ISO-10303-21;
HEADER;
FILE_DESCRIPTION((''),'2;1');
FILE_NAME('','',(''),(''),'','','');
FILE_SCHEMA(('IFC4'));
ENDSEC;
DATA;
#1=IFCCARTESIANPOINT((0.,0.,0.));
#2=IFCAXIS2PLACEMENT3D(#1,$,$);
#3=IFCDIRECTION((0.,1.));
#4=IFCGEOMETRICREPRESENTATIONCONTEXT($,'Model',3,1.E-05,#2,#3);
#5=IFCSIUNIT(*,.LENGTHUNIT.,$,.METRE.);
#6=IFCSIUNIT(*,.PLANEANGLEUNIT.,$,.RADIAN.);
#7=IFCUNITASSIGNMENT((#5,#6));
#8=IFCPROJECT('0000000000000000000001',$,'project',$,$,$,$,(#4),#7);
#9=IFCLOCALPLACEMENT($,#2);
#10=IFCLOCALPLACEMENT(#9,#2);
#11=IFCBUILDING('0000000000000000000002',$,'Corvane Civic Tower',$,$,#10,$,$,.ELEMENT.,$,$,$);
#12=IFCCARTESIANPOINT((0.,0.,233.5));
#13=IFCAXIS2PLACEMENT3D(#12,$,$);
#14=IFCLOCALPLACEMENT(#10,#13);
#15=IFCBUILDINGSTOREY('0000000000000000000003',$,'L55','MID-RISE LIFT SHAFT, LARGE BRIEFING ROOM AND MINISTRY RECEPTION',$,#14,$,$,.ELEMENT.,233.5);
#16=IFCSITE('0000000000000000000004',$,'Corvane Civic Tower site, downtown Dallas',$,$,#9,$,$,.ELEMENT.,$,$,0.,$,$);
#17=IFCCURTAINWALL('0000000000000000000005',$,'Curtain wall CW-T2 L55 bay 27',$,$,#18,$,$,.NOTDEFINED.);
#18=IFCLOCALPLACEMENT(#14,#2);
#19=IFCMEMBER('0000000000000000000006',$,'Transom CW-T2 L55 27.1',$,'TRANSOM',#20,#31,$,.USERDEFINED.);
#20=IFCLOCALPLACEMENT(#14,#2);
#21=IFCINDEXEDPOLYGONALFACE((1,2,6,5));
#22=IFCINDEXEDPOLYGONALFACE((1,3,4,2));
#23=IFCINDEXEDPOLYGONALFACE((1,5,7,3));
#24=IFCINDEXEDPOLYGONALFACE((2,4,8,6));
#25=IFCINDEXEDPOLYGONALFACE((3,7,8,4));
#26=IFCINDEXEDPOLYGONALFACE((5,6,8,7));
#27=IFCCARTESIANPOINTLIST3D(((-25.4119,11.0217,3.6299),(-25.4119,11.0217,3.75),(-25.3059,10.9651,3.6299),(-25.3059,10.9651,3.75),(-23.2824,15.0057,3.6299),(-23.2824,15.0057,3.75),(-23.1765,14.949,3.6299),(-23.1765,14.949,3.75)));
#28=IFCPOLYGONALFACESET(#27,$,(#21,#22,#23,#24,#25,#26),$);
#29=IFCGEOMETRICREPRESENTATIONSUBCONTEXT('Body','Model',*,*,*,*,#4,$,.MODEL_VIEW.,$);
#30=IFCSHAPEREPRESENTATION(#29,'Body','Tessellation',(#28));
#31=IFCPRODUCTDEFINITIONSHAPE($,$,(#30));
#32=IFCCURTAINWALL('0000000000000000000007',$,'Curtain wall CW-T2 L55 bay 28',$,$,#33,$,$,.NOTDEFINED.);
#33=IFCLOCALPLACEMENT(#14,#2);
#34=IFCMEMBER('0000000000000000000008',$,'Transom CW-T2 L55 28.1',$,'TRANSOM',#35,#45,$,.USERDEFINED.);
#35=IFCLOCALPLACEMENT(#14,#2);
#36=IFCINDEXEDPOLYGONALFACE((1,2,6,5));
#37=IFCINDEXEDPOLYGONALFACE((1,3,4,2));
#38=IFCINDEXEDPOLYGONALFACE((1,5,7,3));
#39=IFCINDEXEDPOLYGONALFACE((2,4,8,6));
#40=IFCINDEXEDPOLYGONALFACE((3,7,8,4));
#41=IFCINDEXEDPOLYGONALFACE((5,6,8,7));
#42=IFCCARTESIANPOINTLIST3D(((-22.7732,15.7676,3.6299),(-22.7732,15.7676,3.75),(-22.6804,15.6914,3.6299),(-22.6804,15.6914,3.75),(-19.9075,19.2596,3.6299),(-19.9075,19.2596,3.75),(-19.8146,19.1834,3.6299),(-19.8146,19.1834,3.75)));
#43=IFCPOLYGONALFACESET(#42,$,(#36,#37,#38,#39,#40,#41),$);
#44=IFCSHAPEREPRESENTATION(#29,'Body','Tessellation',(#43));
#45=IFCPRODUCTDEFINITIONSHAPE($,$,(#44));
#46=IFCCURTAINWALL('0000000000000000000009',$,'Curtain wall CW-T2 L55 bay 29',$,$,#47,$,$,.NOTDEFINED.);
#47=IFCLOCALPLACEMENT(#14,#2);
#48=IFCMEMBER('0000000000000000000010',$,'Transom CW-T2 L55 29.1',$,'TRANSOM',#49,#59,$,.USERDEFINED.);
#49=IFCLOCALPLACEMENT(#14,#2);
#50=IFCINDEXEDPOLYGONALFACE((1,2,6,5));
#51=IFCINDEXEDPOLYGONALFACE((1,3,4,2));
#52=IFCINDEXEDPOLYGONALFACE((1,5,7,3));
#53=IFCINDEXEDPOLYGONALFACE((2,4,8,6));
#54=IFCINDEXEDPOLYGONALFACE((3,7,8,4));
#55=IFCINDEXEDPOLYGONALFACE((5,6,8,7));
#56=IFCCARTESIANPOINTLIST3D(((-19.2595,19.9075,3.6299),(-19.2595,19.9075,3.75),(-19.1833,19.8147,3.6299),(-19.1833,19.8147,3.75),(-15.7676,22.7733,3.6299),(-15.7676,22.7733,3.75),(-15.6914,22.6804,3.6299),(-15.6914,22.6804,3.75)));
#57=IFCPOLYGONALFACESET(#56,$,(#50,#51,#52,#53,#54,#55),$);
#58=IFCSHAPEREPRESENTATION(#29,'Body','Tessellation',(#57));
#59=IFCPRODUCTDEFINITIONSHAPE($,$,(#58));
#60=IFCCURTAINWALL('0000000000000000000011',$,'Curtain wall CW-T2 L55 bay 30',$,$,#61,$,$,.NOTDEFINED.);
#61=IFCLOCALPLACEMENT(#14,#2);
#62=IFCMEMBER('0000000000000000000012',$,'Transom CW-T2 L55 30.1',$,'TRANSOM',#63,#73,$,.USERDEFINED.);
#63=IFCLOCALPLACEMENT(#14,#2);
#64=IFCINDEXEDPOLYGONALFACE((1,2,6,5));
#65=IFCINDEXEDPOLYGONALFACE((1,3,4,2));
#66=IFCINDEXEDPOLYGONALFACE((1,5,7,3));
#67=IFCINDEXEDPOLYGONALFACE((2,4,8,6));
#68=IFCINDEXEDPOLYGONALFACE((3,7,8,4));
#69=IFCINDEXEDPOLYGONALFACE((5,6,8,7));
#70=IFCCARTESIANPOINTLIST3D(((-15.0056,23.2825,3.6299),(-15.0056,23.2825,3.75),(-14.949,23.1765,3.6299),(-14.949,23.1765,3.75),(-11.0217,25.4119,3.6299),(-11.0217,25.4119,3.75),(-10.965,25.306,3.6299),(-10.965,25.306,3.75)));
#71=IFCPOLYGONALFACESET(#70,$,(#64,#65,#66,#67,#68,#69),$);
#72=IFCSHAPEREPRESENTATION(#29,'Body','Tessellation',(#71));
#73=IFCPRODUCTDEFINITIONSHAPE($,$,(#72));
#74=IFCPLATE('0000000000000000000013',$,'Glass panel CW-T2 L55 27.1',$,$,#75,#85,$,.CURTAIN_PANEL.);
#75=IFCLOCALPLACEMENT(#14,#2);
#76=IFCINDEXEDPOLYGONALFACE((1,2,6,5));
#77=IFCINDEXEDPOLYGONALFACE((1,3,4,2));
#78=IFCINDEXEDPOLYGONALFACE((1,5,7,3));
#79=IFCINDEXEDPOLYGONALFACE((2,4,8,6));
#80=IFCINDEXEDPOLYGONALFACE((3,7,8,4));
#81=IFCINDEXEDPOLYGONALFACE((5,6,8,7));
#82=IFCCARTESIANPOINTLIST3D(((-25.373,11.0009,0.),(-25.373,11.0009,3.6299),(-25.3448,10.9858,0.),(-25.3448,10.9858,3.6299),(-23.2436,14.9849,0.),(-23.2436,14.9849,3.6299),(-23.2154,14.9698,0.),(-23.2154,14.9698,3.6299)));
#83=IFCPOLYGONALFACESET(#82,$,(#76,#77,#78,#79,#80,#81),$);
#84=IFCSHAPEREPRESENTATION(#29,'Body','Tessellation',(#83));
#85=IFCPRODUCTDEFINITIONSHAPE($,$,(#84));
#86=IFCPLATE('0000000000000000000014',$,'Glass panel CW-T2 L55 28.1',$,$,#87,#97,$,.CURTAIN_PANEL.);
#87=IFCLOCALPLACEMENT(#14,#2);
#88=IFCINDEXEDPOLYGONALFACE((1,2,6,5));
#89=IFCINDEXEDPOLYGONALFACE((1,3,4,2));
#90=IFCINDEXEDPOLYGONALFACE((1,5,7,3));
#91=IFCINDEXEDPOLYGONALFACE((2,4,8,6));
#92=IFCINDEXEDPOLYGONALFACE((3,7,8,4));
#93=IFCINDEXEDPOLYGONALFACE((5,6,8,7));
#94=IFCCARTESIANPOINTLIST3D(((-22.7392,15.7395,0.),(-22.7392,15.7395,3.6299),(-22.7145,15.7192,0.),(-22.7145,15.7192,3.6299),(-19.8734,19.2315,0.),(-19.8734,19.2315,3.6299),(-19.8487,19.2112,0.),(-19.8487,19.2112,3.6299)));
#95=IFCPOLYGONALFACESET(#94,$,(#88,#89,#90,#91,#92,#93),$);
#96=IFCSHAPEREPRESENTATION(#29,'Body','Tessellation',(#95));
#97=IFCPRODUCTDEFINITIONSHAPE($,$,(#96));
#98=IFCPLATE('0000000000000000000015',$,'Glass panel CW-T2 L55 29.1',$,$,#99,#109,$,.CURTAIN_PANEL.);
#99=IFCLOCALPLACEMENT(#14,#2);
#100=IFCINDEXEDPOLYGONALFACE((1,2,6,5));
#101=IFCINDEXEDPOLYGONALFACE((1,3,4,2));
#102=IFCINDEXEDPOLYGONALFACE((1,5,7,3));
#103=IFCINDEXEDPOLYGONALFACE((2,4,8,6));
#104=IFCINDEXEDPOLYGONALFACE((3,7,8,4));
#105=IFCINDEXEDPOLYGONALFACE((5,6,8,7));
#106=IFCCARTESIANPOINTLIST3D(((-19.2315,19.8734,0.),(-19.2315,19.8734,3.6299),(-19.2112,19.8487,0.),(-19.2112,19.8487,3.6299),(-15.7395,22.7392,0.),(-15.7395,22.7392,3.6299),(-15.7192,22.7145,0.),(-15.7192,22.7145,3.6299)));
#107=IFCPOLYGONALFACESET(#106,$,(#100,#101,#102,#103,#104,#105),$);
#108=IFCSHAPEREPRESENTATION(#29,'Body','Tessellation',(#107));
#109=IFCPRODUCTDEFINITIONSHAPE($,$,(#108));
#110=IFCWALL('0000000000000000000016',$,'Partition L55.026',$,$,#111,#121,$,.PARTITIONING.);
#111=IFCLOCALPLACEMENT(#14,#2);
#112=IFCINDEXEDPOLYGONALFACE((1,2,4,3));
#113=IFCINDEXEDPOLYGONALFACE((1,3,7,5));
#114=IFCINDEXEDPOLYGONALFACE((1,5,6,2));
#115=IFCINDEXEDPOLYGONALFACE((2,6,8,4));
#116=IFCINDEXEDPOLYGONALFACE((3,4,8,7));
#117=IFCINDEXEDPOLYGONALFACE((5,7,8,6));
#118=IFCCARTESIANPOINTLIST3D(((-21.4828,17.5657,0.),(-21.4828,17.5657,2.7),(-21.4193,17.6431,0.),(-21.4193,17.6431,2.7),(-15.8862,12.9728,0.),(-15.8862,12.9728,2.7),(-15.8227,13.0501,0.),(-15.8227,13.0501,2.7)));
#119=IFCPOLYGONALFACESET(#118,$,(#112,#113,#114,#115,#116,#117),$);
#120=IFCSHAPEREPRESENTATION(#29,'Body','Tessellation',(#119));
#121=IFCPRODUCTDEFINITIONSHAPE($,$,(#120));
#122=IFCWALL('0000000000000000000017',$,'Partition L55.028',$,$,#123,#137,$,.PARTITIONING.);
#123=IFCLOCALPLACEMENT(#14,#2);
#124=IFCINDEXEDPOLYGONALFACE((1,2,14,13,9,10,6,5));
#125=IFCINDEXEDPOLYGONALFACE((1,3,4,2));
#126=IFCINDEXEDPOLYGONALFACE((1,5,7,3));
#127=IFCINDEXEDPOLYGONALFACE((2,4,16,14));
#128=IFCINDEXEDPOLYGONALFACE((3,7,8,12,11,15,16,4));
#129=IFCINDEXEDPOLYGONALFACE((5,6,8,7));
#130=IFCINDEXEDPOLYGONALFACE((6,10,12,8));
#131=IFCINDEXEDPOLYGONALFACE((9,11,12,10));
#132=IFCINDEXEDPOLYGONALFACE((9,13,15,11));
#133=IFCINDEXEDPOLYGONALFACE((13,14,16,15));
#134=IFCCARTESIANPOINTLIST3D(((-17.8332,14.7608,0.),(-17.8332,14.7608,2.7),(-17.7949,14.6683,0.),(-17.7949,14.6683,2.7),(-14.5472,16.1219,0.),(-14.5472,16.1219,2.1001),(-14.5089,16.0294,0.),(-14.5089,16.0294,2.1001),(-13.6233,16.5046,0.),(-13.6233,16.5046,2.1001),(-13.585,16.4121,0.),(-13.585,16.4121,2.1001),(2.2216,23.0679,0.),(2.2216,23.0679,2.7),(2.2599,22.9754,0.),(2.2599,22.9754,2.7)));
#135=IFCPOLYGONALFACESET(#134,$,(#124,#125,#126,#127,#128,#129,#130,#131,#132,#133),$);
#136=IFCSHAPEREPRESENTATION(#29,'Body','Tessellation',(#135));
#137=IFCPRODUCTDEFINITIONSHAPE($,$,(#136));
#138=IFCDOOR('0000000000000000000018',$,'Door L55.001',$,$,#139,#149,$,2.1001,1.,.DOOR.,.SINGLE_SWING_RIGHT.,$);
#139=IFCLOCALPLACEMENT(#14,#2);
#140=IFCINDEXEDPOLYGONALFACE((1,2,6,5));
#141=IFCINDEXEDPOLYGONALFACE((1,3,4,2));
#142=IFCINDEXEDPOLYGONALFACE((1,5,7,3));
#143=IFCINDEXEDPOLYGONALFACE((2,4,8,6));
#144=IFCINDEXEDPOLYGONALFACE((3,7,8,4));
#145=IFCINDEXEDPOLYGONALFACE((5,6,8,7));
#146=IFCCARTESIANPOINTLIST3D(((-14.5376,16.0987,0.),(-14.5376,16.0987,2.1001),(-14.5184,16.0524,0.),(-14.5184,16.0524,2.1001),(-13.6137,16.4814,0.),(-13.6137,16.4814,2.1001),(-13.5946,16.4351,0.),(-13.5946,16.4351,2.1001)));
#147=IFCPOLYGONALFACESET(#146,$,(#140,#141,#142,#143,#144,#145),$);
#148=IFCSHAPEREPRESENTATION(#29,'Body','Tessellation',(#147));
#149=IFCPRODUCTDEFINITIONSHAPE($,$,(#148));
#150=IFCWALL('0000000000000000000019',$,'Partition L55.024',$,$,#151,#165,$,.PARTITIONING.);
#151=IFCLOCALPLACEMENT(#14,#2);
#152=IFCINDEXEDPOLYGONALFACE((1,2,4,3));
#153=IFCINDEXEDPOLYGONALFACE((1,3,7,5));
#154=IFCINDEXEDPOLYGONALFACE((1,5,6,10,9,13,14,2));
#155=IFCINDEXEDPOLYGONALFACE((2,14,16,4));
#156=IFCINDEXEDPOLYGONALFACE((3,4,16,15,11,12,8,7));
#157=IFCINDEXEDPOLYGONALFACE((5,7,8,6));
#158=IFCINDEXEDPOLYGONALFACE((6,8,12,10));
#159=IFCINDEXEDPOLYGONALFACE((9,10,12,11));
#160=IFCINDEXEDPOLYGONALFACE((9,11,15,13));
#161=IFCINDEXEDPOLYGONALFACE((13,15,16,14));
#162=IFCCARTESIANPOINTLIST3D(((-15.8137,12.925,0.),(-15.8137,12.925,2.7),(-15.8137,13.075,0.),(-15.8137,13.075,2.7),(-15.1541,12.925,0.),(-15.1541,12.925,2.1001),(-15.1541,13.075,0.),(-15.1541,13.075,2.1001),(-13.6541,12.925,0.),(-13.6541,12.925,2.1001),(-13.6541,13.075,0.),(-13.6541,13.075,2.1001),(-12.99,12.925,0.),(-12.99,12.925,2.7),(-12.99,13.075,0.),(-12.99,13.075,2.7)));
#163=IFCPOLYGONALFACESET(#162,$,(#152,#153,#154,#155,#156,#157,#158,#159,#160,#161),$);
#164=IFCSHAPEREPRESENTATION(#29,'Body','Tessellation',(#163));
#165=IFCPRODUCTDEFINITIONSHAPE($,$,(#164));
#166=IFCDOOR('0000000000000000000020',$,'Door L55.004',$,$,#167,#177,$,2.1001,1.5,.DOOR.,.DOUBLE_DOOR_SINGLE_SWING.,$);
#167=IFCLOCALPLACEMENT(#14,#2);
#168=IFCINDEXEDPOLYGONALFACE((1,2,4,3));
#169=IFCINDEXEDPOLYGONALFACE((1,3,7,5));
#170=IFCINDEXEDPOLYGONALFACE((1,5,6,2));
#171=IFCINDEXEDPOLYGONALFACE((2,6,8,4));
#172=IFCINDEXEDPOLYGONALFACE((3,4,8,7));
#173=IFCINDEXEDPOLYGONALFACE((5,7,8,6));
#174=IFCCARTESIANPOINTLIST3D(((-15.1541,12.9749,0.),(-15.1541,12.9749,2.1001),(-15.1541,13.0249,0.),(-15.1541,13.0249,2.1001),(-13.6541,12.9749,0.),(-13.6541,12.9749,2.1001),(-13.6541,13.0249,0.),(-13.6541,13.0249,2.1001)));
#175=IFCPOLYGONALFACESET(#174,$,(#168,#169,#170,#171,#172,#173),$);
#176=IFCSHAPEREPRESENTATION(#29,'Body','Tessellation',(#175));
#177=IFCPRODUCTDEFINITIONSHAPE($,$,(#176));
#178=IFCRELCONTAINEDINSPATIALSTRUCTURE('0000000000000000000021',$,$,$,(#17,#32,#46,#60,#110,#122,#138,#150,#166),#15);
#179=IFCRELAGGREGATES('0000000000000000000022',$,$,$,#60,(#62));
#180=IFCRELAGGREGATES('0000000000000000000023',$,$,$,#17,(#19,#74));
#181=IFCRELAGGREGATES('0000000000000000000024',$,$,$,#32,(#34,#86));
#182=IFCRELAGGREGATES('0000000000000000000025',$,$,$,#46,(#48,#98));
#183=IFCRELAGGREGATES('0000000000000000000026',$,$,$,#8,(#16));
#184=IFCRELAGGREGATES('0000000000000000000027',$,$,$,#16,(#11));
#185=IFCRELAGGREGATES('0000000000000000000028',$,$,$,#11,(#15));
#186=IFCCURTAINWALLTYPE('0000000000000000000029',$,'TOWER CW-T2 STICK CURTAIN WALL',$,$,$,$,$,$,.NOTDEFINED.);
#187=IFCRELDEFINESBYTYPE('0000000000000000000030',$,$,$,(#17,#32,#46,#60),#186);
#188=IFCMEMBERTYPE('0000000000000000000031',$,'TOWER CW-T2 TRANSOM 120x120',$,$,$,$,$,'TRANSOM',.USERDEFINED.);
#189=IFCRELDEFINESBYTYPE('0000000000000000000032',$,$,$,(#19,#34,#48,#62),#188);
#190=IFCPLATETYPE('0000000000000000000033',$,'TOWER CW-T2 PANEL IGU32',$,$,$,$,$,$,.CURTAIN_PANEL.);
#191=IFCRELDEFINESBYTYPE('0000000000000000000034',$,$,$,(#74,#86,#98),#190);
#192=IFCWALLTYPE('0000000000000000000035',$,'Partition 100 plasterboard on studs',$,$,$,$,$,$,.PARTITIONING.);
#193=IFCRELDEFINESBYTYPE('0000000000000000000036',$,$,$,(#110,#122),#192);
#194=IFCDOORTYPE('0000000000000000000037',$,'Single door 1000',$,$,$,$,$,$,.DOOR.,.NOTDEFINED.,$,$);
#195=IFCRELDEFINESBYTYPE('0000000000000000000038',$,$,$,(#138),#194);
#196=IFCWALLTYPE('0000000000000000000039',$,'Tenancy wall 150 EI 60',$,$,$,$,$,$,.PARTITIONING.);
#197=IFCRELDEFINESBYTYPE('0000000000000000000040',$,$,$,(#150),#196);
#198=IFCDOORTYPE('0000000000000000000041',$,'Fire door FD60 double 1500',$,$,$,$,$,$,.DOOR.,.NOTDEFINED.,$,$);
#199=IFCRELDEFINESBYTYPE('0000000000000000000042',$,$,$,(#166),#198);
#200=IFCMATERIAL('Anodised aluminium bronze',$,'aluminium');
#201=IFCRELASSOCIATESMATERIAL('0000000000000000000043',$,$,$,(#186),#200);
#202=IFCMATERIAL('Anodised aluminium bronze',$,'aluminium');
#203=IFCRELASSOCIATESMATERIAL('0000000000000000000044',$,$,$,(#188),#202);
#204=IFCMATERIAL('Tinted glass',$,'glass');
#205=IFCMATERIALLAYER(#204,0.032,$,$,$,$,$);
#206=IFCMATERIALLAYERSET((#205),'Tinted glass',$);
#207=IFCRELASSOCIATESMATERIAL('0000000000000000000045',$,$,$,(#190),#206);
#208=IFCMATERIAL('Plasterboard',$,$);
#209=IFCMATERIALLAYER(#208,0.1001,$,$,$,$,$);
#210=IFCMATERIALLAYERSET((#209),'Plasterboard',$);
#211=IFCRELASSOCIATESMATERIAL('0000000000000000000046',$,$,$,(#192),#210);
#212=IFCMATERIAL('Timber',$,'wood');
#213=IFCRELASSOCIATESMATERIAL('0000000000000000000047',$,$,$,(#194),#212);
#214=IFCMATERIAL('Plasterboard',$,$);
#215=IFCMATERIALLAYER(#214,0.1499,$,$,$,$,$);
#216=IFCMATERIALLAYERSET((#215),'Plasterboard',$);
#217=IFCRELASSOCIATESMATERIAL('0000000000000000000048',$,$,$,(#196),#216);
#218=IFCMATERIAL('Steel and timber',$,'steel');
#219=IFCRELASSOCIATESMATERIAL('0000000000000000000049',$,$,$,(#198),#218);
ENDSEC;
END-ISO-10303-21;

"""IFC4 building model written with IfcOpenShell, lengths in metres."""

from ifc_helpers import new_model, si_unit, direction, frame, frame_2d, origin, origin_2d, place, context, subcontext, project, spatial, rectangle, extrude, material, layer, layer_set, material_profile, profile_set, type_object, element, fill, aggregate, save


model = new_model("IFC4")

# Units and contexts
model_context = context("Model", 3, precision=1e-05, world=origin(), true_north=direction((0.0, 1.0)))
body_context = subcontext(model_context, "Body", "Model", "MODEL_VIEW")
ifc_project = project(units=[si_unit("LENGTHUNIT", "METRE"), si_unit("PLANEANGLEUNIT", "RADIAN")], contexts=[model_context])

# Site, building, storey
site_placement = place(None, origin())
site = spatial("IfcSite", under=ifc_project, at=site_placement, Name="Corvane Civic Tower site, downtown Dallas", CompositionType="ELEMENT", RefElevation=0.0)
building_placement = place(site_placement, origin())
building = spatial("IfcBuilding", under=site, at=building_placement, Name="Corvane Civic Tower", CompositionType="ELEMENT")
storey_placement = place(building_placement, frame((0.0, 0.0, 233.5)))
storey = spatial("IfcBuildingStorey", under=building, at=storey_placement, Name="L55", Description="MID-RISE LIFT SHAFT, LARGE BRIEFING ROOM AND MINISTRY RECEPTION", CompositionType="ELEMENT", Elevation=233.5)

# Curtain walls, members
ifc_material_1 = material(Name="Anodised aluminium bronze", Category="aluminium")
curtain_wall_type = type_object("IfcCurtainWallType", Name="TOWER CW-T2 STICK CURTAIN WALL", PredefinedType="NOTDEFINED", material=ifc_material_1)
curtain_wall_1_placement = place(storey_placement, origin())
curtain_wall_1 = element("IfcCurtainWall", 1, at=curtain_wall_1_placement, inside=storey, type_object=curtain_wall_type, Name="Curtain wall CW-T2 L55 bay 27", PredefinedType="NOTDEFINED")
ifc_material_2 = material(Name="Anodised aluminium bronze", Category="aluminium")
ifc_material_profile_1 = material_profile(ifc_material_2, rectangle(XDim=0.1201, YDim=0.1201, at=origin_2d()), Name="TOWER CW-T2 TRANSOM 120x120")
ifc_profile_set_1 = profile_set([ifc_material_profile_1], Name="Anodised aluminium bronze")
member_type = type_object("IfcMemberType", Name="TOWER CW-T2 TRANSOM 120x120", ElementType="TRANSOM", PredefinedType="USERDEFINED", material=ifc_profile_set_1)
member_1_placement = place(storey_placement, frame((-25.3589, 10.9934, 3.6899), z_axis=(0.47139, 0.881925, 0.0), x_axis=(-0.881925, 0.47139, 0.0)))
member_1 = element("IfcMember", 2, at=member_1_placement, type_object=member_type, Name="Transom CW-T2 L55 27.1", ObjectType="TRANSOM", PredefinedType="USERDEFINED", context=body_context, shape_type="SweptSolid", body=[
    extrude(rectangle(XDim=0.1201, YDim=0.1201, at=origin_2d()), origin(), (0.0, 0.0, 1.0), 4.5173),
])
curtain_wall_2_placement = place(storey_placement, origin())
curtain_wall_2 = element("IfcCurtainWall", 3, at=curtain_wall_2_placement, inside=storey, type_object=curtain_wall_type, Name="Curtain wall CW-T2 L55 bay 28", PredefinedType="NOTDEFINED")
member_2_placement = place(storey_placement, frame((-22.7268, 15.7295, 3.6899), z_axis=(0.634388, 0.773015, 0.0), x_axis=(-0.773015, 0.634388, 0.0)))
member_2 = element("IfcMember", 4, at=member_2_placement, type_object=member_type, Name="Transom CW-T2 L55 28.1", ObjectType="TRANSOM", PredefinedType="USERDEFINED", context=body_context, shape_type="SweptSolid", body=[
    extrude(rectangle(XDim=0.1201, YDim=0.1201, at=origin_2d()), origin(), (0.0, 0.0, 1.0), 4.5173),
])
curtain_wall_3_placement = place(storey_placement, origin())
curtain_wall_3 = element("IfcCurtainWall", 5, at=curtain_wall_3_placement, inside=storey, type_object=curtain_wall_type, Name="Curtain wall CW-T2 L55 bay 29", PredefinedType="NOTDEFINED")
member_3_placement = place(storey_placement, frame((-19.2214, 19.8611, 3.6899), z_axis=(0.773015, 0.634388, 0.0), x_axis=(-0.634388, 0.773015, 0.0)))
member_3 = element("IfcMember", 6, at=member_3_placement, type_object=member_type, Name="Transom CW-T2 L55 29.1", ObjectType="TRANSOM", PredefinedType="USERDEFINED", context=body_context, shape_type="SweptSolid", body=[
    extrude(rectangle(XDim=0.1201, YDim=0.1201, at=origin_2d()), origin(), (0.0, 0.0, 1.0), 4.5173),
])
curtain_wall_4_placement = place(storey_placement, origin())
curtain_wall_4 = element("IfcCurtainWall", 7, at=curtain_wall_4_placement, inside=storey, type_object=curtain_wall_type, Name="Curtain wall CW-T2 L55 bay 30", PredefinedType="NOTDEFINED")
member_4_placement = place(storey_placement, frame((-14.9773, 23.2295, 3.6899), z_axis=(0.881925, 0.47139, 0.0), x_axis=(-0.47139, 0.881925, 0.0)))
member_4 = element("IfcMember", 8, at=member_4_placement, type_object=member_type, Name="Transom CW-T2 L55 30.1", ObjectType="TRANSOM", PredefinedType="USERDEFINED", context=body_context, shape_type="SweptSolid", body=[
    extrude(rectangle(XDim=0.1201, YDim=0.1201, at=origin_2d()), origin(), (0.0, 0.0, 1.0), 4.5173),
])
aggregate(curtain_wall_4, [member_4])

# Plates
ifc_material_3 = material(Name="Tinted glass", Category="glass")
ifc_layer_1 = layer(ifc_material_3, 0.032)
ifc_layer_set_1 = layer_set([ifc_layer_1], Name="Tinted glass")
plate_type = type_object("IfcPlateType", Name="TOWER CW-T2 PANEL IGU32", PredefinedType="CURTAIN_PANEL", material=ifc_layer_set_1)
plate_1_placement = place(storey_placement, frame((-24.2942, 12.9854, 0.0), z_axis=(0.0, 0.0, 1.0), x_axis=(0.471398, 0.88192, 0.0)))
plate_1 = element("IfcPlate", 9, at=plate_1_placement, type_object=plate_type, Name="Glass panel CW-T2 L55 27.1", PredefinedType="CURTAIN_PANEL", context=body_context, shape_type="SweptSolid", body=[
    extrude(rectangle(XDim=4.5173, YDim=0.032, at=origin_2d()), origin(), (0.0, 0.0, 1.0), 3.6299),
])
aggregate(curtain_wall_1, [member_1, plate_1])
plate_2_placement = place(storey_placement, frame((-21.2939, 17.4753, 0.0), z_axis=(0.0, 0.0, 1.0), x_axis=(0.634391, 0.773012, 0.0)))
plate_2 = element("IfcPlate", 10, at=plate_2_placement, type_object=plate_type, Name="Glass panel CW-T2 L55 28.1", PredefinedType="CURTAIN_PANEL", context=body_context, shape_type="SweptSolid", body=[
    extrude(rectangle(XDim=4.5173, YDim=0.032, at=origin_2d()), origin(), (0.0, 0.0, 1.0), 3.6299),
])
aggregate(curtain_wall_2, [member_2, plate_2])
plate_3_placement = place(storey_placement, frame((-17.4753, 21.2939, 0.0), z_axis=(0.0, 0.0, 1.0), x_axis=(0.773012, 0.634391, 0.0)))
plate_3 = element("IfcPlate", 11, at=plate_3_placement, type_object=plate_type, Name="Glass panel CW-T2 L55 29.1", PredefinedType="CURTAIN_PANEL", context=body_context, shape_type="SweptSolid", body=[
    extrude(rectangle(XDim=4.5173, YDim=0.032, at=origin_2d()), origin(), (0.0, 0.0, 1.0), 3.6299),
])
aggregate(curtain_wall_3, [member_3, plate_3])

# Wall
ifc_material_4 = material(Name="Plasterboard")
ifc_layer_2 = layer(ifc_material_4, 0.1001)
ifc_layer_set_2 = layer_set([ifc_layer_2], Name="Plasterboard")
wall_type_1 = type_object("IfcWallType", Name="Partition 100 plasterboard on studs", PredefinedType="PARTITIONING", material=ifc_layer_set_2)
wall_1_placement = place(storey_placement, frame((-21.4512, 17.6045, 0.0), z_axis=(0.0, 0.0, 1.0), x_axis=(0.773014, -0.634388, 0.0)))
element("IfcWall", 12, at=wall_1_placement, inside=storey, type_object=wall_type_1, Name="Partition L55.026", PredefinedType="PARTITIONING", context=body_context, shape_type="SweptSolid", body=[
    extrude(rectangle(XDim=7.24, YDim=0.1001, at=frame_2d((3.6201, 0.0))), origin(), (0.0, 0.0, 1.0), 2.7),
])

# Walls, openings, doors
wall_2_placement = place(storey_placement, frame((-17.814, 14.7146, 0.0), z_axis=(0.0, 0.0, 1.0), x_axis=(0.923878, 0.382688, 0.0)))
wall_2 = element("IfcWall", 13, at=wall_2_placement, inside=storey, type_object=wall_type_1, Name="Partition L55.028", PredefinedType="PARTITIONING", context=body_context, shape_type="SweptSolid", body=[
    extrude(rectangle(XDim=21.7073, YDim=0.1001, at=frame_2d((10.8535, 0.0))), origin(), (0.0, 0.0, 1.0), 2.7),
])
opening_1_placement = place(wall_2_placement, frame((3.5566, 0.0, 0.0)))
opening_1 = element("IfcOpeningElement", 14, at=opening_1_placement, cuts=wall_2, PredefinedType="OPENING", context=body_context, shape_type="SweptSolid", body=[
    extrude(rectangle(XDim=1.0, YDim=2.1001, at=frame_2d((0.5, 1.05))), frame((0.0, 0.0601, 0.0), z_axis=(0.0, -1.0, 0.0), x_axis=(1.0, 0.0, 0.0)), (0.0, 0.0, 1.0), 0.1201),
])
ifc_material_5 = material(Name="Timber", Category="wood")
door_type_1 = type_object("IfcDoorType", Name="Single door 1000", OperationType="NOTDEFINED", PredefinedType="DOOR", material=ifc_material_5)
door_1_placement = place(opening_1_placement, origin())
door_1 = element("IfcDoor", 15, at=door_1_placement, inside=storey, type_object=door_type_1, Name="Door L55.001", OperationType="SINGLE_SWING_RIGHT", OverallHeight=2.1001, OverallWidth=1.0, PredefinedType="DOOR", context=body_context, shape_type="SweptSolid", body=[
    extrude(rectangle(XDim=1.0, YDim=2.1001, at=frame_2d((0.5, 1.05))), frame((0.0, 0.0249, 0.0), z_axis=(0.0, -1.0, 0.0), x_axis=(1.0, 0.0, 0.0)), (0.0, 0.0, 1.0), 0.05),
])
fill(opening_1, door_1)
ifc_material_6 = material(Name="Plasterboard")
ifc_layer_3 = layer(ifc_material_6, 0.1499)
ifc_layer_set_3 = layer_set([ifc_layer_3], Name="Plasterboard")
wall_type_2 = type_object("IfcWallType", Name="Tenancy wall 150 EI 60", PredefinedType="PARTITIONING", material=ifc_layer_set_3)
wall_3_placement = place(storey_placement, frame((-15.8137, 13.0, 0.0), z_axis=(0.0, 0.0, 1.0), x_axis=(1.0, 0.0, 0.0)))
wall_3 = element("IfcWall", 16, at=wall_3_placement, inside=storey, type_object=wall_type_2, Name="Partition L55.024", PredefinedType="PARTITIONING", context=body_context, shape_type="SweptSolid", body=[
    extrude(rectangle(XDim=2.8237, YDim=0.1499, at=frame_2d((1.4119, 0.0))), origin(), (0.0, 0.0, 1.0), 2.7),
])
opening_2_placement = place(wall_3_placement, frame((0.6597, 0.0, 0.0)))
opening_2 = element("IfcOpeningElement", 17, at=opening_2_placement, cuts=wall_3, PredefinedType="OPENING", context=body_context, shape_type="SweptSolid", body=[
    extrude(rectangle(XDim=1.5, YDim=2.1001, at=frame_2d((0.75, 1.05))), frame((0.0, 0.085, 0.0), z_axis=(0.0, -1.0, 0.0), x_axis=(1.0, 0.0, 0.0)), (0.0, 0.0, 1.0), 0.1699),
])
ifc_material_7 = material(Name="Steel and timber", Category="steel")
door_type_2 = type_object("IfcDoorType", Name="Fire door FD60 double 1500", OperationType="NOTDEFINED", PredefinedType="DOOR", material=ifc_material_7)
door_2_placement = place(opening_2_placement, origin())
door_2 = element("IfcDoor", 18, at=door_2_placement, inside=storey, type_object=door_type_2, Name="Door L55.004", OperationType="DOUBLE_DOOR_SINGLE_SWING", OverallHeight=2.1001, OverallWidth=1.5, PredefinedType="DOOR", context=body_context, shape_type="SweptSolid", body=[
    extrude(rectangle(XDim=1.5, YDim=2.1001, at=frame_2d((0.75, 1.05))), frame((0.0, 0.0249, 0.0), z_axis=(0.0, -1.0, 0.0), x_axis=(1.0, 0.0, 0.0)), (0.0, 0.0, 1.0), 0.05),
])
fill(opening_2, door_2)

save(model, "model.ifc")
